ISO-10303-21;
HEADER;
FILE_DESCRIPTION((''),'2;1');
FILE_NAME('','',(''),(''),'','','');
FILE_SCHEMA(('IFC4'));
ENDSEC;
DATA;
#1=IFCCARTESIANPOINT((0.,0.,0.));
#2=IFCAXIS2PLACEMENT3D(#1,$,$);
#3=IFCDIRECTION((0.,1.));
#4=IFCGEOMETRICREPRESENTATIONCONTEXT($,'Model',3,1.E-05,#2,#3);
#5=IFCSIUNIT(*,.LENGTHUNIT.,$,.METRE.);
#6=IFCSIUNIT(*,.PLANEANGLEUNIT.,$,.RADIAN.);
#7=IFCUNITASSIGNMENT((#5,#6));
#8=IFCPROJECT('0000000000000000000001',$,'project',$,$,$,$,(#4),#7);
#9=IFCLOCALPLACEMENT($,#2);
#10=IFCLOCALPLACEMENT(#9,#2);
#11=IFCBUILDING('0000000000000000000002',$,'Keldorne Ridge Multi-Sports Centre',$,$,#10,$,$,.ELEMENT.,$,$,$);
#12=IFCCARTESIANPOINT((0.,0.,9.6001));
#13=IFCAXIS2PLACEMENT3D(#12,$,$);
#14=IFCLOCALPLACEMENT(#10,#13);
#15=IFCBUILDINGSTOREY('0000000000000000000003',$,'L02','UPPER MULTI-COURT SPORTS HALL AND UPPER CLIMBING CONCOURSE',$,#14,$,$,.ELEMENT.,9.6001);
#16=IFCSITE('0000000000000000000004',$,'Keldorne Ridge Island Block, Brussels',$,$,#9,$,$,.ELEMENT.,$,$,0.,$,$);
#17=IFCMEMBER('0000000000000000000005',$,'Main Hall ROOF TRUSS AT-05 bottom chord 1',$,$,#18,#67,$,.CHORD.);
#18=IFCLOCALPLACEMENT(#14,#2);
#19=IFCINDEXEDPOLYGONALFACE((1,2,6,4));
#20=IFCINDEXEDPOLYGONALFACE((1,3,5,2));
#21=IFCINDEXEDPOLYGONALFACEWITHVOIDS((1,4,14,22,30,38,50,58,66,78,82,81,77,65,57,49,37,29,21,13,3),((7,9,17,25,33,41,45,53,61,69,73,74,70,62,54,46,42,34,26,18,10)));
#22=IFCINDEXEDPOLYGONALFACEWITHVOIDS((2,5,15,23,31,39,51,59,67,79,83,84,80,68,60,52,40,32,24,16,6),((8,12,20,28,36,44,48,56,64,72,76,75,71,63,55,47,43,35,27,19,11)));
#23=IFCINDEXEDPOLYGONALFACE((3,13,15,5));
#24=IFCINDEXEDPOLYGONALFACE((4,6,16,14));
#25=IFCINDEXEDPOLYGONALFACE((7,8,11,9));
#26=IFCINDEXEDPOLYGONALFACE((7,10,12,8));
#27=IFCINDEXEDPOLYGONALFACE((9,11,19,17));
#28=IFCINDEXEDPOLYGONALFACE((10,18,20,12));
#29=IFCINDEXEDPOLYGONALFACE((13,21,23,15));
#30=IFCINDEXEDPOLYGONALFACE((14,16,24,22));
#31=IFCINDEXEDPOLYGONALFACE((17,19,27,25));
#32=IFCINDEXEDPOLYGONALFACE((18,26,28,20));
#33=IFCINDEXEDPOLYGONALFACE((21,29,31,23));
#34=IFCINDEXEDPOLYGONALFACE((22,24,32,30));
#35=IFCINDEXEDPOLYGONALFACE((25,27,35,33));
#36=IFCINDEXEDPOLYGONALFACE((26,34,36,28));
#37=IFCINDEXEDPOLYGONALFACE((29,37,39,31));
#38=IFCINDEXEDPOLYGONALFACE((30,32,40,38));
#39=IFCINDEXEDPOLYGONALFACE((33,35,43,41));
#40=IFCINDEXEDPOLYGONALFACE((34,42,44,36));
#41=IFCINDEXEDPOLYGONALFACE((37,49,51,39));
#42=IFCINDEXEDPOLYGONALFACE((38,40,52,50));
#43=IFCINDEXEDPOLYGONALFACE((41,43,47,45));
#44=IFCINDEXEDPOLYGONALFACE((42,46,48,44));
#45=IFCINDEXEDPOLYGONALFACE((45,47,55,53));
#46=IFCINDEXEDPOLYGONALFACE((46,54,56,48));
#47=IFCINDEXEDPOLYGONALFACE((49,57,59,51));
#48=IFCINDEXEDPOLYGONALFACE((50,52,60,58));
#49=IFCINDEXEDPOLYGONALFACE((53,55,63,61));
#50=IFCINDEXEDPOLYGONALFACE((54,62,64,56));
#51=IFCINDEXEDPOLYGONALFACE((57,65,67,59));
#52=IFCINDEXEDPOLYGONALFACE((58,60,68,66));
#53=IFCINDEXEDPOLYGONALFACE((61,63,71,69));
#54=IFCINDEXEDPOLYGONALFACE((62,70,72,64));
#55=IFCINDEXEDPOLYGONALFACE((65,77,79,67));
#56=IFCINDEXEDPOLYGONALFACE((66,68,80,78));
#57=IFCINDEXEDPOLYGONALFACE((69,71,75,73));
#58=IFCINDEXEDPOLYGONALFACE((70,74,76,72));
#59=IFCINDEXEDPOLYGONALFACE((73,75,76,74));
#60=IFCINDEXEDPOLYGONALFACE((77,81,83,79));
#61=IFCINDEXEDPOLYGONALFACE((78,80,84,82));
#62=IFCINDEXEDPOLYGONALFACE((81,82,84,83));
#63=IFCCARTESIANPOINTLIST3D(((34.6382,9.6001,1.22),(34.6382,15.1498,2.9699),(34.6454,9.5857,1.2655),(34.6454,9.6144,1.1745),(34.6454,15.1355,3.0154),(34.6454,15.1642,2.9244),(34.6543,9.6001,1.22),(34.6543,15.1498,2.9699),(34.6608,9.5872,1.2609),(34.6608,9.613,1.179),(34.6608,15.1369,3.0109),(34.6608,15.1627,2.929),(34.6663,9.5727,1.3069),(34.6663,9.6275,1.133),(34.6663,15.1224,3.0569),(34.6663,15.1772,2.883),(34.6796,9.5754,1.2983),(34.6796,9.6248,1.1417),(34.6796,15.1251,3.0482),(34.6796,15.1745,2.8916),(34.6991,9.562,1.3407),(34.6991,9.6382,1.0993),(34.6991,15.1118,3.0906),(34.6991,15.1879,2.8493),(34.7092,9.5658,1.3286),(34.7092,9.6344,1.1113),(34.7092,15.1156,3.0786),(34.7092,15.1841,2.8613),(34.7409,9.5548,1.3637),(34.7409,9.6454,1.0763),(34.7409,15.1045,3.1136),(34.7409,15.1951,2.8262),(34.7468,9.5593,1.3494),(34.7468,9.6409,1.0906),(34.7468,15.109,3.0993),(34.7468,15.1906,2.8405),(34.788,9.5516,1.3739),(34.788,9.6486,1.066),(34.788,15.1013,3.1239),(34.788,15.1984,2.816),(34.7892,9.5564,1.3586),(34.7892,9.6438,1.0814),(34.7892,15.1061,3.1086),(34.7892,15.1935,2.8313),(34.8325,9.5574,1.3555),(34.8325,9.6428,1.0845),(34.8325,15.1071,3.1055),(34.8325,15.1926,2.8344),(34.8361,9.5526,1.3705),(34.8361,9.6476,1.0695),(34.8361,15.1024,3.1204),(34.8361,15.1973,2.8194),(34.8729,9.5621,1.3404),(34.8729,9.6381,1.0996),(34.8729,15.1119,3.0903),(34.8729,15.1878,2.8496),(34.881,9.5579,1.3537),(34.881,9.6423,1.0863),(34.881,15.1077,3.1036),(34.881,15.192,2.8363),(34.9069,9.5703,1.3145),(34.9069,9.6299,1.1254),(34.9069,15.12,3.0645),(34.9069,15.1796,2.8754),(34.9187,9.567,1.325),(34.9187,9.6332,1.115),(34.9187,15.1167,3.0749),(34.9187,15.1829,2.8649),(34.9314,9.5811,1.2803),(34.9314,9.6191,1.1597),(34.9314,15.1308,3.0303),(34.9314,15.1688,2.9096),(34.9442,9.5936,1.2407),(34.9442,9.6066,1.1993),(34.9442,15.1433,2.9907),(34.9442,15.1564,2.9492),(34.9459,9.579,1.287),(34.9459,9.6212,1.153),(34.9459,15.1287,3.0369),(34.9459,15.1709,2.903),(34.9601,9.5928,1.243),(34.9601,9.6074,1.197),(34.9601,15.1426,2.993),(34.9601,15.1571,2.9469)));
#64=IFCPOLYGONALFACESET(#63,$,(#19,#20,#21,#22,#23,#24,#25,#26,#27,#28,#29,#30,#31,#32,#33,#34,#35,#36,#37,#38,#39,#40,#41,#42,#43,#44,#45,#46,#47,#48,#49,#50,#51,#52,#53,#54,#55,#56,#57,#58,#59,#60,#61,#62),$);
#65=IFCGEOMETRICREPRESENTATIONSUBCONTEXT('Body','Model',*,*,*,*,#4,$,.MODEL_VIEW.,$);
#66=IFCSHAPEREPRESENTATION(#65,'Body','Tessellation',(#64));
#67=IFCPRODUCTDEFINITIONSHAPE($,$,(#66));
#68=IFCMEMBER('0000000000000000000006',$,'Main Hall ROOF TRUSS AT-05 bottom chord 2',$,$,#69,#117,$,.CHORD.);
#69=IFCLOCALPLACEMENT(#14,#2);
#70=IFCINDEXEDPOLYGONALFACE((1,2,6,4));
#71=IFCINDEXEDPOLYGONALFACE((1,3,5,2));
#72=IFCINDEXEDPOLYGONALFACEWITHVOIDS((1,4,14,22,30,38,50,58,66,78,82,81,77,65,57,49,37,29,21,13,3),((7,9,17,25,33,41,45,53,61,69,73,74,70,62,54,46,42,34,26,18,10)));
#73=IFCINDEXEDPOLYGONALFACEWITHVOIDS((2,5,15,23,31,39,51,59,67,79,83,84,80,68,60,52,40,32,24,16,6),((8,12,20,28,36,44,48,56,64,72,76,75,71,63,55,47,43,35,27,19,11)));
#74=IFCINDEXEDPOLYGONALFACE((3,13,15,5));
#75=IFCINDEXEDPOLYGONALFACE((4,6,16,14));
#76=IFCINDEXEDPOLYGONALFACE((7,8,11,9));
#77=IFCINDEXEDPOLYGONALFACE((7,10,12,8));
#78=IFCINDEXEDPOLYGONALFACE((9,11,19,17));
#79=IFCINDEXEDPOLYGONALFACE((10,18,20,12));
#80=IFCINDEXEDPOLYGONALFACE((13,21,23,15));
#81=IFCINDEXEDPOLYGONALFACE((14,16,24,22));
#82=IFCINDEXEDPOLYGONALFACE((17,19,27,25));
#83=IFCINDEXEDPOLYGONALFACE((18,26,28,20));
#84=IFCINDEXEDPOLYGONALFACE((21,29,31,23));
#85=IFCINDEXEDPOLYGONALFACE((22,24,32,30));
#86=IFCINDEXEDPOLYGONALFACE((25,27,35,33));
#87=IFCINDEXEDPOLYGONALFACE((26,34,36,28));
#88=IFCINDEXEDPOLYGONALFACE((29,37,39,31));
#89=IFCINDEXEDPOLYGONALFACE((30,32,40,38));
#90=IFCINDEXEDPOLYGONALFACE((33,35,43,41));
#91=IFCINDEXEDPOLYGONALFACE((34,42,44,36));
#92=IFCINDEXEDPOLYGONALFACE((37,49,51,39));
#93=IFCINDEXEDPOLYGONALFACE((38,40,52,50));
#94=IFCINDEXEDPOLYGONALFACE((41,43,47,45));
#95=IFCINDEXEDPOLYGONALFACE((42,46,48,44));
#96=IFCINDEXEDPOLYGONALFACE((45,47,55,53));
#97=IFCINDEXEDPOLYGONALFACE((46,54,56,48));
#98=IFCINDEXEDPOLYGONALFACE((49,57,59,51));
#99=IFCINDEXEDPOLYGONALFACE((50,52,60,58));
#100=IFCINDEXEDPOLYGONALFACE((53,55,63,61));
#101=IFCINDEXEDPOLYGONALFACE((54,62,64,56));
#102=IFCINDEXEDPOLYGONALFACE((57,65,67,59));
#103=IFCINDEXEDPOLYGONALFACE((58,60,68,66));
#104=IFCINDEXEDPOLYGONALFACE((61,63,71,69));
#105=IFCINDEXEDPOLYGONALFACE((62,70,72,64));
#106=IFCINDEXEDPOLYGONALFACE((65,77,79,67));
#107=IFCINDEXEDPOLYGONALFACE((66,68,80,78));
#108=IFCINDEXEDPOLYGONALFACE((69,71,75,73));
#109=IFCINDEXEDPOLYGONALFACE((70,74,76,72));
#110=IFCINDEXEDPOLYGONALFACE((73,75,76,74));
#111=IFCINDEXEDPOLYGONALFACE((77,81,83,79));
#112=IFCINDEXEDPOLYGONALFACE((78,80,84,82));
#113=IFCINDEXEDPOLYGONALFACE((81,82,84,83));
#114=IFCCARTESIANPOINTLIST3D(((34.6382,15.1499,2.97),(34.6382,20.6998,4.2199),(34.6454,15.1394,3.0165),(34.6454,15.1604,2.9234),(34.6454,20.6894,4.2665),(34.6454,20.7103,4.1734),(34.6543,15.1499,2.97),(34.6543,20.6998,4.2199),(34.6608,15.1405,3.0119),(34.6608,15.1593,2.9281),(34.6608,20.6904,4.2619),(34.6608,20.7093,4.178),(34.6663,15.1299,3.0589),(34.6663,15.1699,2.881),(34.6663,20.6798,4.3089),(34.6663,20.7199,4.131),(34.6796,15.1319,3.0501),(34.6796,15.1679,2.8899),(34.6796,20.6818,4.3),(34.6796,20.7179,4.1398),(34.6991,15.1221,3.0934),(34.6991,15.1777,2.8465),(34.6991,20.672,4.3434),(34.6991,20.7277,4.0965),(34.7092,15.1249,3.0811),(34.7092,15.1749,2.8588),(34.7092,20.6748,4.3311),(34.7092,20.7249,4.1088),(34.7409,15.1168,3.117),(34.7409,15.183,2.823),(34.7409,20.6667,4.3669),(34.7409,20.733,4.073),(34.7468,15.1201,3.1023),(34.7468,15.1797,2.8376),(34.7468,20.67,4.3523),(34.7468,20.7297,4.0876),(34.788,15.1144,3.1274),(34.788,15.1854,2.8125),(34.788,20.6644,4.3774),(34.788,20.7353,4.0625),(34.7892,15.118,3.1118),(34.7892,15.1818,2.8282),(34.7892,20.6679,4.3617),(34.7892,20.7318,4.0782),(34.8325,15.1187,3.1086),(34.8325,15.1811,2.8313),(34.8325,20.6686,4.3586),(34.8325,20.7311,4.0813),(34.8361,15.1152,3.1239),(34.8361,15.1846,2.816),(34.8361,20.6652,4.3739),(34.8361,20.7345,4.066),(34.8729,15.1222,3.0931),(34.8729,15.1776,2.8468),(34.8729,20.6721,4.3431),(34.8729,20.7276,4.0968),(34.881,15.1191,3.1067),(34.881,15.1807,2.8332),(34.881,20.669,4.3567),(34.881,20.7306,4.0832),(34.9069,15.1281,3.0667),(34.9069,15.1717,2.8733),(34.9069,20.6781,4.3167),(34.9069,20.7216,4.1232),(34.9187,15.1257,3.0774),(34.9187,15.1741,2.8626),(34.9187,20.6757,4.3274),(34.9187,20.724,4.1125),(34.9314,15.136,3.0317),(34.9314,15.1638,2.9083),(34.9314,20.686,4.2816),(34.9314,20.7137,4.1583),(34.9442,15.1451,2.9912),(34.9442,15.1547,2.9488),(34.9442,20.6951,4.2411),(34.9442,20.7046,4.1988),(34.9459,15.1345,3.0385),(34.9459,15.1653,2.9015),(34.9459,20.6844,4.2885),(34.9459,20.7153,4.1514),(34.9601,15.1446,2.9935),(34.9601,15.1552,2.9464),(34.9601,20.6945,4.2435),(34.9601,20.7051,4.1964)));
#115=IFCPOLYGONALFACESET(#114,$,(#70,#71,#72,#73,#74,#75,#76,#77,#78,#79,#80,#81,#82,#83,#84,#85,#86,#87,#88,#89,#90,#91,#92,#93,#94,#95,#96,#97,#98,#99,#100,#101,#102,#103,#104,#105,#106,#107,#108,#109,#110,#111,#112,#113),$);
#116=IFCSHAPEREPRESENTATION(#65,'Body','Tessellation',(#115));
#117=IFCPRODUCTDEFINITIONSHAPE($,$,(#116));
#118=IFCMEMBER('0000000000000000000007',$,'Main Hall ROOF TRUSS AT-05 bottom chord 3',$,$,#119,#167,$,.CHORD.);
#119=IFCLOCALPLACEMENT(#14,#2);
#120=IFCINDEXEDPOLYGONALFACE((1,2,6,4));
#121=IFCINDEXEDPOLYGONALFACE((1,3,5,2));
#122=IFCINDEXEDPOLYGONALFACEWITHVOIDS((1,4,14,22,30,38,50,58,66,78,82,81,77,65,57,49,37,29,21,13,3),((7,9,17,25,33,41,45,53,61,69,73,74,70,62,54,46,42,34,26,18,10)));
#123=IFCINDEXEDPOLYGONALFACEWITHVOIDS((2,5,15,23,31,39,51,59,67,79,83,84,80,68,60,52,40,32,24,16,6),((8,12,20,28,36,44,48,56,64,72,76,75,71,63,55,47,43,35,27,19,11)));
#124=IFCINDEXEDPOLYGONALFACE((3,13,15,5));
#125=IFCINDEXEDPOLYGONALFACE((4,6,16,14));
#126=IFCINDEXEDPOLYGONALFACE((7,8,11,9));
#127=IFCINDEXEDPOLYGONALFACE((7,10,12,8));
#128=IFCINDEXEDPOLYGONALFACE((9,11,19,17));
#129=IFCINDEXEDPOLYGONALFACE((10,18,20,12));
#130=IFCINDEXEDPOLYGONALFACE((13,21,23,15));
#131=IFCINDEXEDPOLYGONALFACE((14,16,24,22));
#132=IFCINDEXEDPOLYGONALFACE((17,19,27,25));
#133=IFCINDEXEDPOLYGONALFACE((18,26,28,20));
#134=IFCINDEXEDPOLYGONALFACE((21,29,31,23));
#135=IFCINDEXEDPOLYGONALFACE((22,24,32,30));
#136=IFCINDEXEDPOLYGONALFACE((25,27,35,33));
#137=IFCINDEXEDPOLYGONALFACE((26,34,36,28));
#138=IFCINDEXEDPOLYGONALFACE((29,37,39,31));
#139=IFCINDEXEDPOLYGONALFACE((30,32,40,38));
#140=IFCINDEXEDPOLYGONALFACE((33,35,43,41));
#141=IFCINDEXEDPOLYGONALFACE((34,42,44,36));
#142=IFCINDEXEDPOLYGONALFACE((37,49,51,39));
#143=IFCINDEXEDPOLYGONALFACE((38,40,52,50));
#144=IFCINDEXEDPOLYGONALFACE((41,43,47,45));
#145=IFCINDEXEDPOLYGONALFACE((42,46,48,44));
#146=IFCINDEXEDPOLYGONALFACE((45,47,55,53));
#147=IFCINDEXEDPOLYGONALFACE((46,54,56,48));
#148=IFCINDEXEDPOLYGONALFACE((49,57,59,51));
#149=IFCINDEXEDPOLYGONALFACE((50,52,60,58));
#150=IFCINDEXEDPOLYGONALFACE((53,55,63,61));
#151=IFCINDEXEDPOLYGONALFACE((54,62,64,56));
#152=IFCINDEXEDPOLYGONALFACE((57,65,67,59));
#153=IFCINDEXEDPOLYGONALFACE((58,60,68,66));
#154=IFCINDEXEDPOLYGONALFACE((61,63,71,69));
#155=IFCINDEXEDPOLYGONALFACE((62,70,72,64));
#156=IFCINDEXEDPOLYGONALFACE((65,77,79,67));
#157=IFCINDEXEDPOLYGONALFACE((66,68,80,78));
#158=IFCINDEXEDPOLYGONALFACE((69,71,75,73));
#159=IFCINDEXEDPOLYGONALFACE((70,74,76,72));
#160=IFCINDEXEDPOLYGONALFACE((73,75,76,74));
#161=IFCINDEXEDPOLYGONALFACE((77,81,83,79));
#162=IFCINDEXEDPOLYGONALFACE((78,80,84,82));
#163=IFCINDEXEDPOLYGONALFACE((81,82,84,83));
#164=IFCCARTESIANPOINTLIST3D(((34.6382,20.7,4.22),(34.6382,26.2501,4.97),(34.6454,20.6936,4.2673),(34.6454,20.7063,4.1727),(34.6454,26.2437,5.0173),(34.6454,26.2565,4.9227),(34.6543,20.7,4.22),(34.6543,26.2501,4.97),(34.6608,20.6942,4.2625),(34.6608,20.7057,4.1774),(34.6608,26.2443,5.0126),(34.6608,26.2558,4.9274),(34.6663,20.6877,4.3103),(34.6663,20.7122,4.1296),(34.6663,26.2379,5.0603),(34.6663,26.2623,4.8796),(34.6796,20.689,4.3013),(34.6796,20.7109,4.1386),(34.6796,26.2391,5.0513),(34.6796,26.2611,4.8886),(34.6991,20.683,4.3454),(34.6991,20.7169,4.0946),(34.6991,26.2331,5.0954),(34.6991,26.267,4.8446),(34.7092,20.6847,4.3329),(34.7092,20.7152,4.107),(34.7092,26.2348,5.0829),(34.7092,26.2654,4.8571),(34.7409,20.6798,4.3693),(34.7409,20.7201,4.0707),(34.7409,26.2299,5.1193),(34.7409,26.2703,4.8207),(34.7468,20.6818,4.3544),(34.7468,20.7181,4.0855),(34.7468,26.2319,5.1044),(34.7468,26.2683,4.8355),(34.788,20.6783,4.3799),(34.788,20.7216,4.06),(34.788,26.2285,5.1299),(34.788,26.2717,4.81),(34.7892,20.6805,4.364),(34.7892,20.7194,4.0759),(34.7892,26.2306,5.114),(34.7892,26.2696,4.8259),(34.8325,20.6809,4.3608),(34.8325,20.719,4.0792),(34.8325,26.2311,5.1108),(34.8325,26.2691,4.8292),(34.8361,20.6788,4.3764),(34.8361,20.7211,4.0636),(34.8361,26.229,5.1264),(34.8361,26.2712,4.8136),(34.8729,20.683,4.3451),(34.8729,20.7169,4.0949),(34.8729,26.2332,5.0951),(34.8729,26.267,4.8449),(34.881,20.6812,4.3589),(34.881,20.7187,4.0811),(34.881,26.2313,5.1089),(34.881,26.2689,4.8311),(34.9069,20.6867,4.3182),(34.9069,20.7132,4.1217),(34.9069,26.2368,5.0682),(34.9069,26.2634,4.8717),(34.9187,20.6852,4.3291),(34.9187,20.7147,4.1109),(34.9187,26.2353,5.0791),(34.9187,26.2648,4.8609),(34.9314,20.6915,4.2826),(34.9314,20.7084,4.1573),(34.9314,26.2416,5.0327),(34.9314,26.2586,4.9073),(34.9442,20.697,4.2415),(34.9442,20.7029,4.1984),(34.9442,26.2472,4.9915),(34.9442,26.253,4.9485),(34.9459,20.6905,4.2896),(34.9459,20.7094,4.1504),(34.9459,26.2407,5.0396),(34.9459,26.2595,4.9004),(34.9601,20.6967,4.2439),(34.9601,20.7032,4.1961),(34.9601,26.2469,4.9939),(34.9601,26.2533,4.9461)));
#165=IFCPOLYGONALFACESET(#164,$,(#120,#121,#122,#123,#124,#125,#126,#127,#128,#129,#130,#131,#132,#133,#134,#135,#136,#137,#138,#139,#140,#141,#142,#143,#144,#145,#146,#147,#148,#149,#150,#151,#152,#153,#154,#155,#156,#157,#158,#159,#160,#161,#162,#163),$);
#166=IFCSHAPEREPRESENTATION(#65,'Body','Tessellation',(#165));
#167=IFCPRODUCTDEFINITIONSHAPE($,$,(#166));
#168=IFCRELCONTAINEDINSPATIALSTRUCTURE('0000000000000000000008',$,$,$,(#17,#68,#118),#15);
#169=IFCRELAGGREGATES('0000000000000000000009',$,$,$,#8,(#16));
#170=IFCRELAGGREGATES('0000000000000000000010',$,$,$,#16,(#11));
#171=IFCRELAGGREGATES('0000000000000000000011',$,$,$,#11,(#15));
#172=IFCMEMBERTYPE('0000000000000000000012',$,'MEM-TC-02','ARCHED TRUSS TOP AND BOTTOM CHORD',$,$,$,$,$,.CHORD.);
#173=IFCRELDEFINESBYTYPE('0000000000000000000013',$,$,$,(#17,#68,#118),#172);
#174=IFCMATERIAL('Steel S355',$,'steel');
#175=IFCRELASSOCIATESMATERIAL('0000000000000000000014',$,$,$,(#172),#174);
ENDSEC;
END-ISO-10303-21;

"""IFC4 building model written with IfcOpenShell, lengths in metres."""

from ifc_helpers import new_model, si_unit, direction, frame, origin, origin_2d, place, context, subcontext, project, spatial, hollow_circle, extrude, material, material_profile, profile_set, type_object, element, save


model = new_model("IFC4")

# Units and contexts
model_context = context("Model", 3, precision=1e-05, world=origin(), true_north=direction((0.0, 1.0)))
body_context = subcontext(model_context, "Body", "Model", "MODEL_VIEW")
ifc_project = project(units=[si_unit("LENGTHUNIT", "METRE"), si_unit("PLANEANGLEUNIT", "RADIAN")], contexts=[model_context])

# Site, building, storey
site_placement = place(None, origin())
site = spatial("IfcSite", under=ifc_project, at=site_placement, Name="Keldorne Ridge Island Block, Brussels", CompositionType="ELEMENT", RefElevation=0.0)
building_placement = place(site_placement, origin())
building = spatial("IfcBuilding", under=site, at=building_placement, Name="Keldorne Ridge Multi-Sports Centre", CompositionType="ELEMENT")
storey_placement = place(building_placement, frame((0.0, 0.0, 9.6001)))
storey = spatial("IfcBuildingStorey", under=building, at=storey_placement, Name="L02", Description="UPPER MULTI-COURT SPORTS HALL AND UPPER CLIMBING CONCOURSE", CompositionType="ELEMENT", Elevation=9.6001)

# Shared definitions
ifc_material_1 = material(Name="Steel S355", Category="steel")

# Members
ifc_material_profile_1 = material_profile(ifc_material_1, hollow_circle(Radius=0.1619, WallThickness=0.0161, at=origin_2d()), Name="CHS 323.9x16")
ifc_profile_set_1 = profile_set([ifc_material_profile_1], Name="Steel S355")
member_type_1 = type_object("IfcMemberType", Name="MEM-TC-02", Description="ARCHED TRUSS TOP AND BOTTOM CHORD", PredefinedType="CHORD", material=ifc_profile_set_1)
member_1_placement = place(storey_placement, frame((34.8, 9.6001, 1.22), z_axis=(0.0, 0.953709, 0.30073), x_axis=(-1.0, 0.0, 0.0)))
element("IfcMember", 1, at=member_1_placement, inside=storey, type_object=member_type_1, Name="Main Hall ROOF TRUSS AT-05 bottom chord 1", PredefinedType="CHORD", context=body_context, shape_type="SweptSolid", body=[
    extrude(hollow_circle(Radius=0.1619, WallThickness=0.0161, at=origin_2d()), origin(), (0.0, 0.0, 1.0), 5.8191),
])
member_2_placement = place(storey_placement, frame((34.8, 15.1499, 2.97), z_axis=(0.0, 0.975563, 0.219719), x_axis=(-1.0, 0.0, 0.0)))
element("IfcMember", 2, at=member_2_placement, inside=storey, type_object=member_type_1, Name="Main Hall ROOF TRUSS AT-05 bottom chord 2", PredefinedType="CHORD", context=body_context, shape_type="SweptSolid", body=[
    extrude(hollow_circle(Radius=0.1619, WallThickness=0.0161, at=origin_2d()), origin(), (0.0, 0.0, 1.0), 5.689),
])
member_3_placement = place(storey_placement, frame((34.8, 20.7, 4.22), z_axis=(0.0, 0.990993, 0.133917), x_axis=(-1.0, 0.0, 0.0)))
element("IfcMember", 3, at=member_3_placement, inside=storey, type_object=member_type_1, Name="Main Hall ROOF TRUSS AT-05 bottom chord 3", PredefinedType="CHORD", context=body_context, shape_type="SweptSolid", body=[
    extrude(hollow_circle(Radius=0.1619, WallThickness=0.0161, at=origin_2d()), origin(), (0.0, 0.0, 1.0), 5.6006),
])

save(model, "model.ifc")
